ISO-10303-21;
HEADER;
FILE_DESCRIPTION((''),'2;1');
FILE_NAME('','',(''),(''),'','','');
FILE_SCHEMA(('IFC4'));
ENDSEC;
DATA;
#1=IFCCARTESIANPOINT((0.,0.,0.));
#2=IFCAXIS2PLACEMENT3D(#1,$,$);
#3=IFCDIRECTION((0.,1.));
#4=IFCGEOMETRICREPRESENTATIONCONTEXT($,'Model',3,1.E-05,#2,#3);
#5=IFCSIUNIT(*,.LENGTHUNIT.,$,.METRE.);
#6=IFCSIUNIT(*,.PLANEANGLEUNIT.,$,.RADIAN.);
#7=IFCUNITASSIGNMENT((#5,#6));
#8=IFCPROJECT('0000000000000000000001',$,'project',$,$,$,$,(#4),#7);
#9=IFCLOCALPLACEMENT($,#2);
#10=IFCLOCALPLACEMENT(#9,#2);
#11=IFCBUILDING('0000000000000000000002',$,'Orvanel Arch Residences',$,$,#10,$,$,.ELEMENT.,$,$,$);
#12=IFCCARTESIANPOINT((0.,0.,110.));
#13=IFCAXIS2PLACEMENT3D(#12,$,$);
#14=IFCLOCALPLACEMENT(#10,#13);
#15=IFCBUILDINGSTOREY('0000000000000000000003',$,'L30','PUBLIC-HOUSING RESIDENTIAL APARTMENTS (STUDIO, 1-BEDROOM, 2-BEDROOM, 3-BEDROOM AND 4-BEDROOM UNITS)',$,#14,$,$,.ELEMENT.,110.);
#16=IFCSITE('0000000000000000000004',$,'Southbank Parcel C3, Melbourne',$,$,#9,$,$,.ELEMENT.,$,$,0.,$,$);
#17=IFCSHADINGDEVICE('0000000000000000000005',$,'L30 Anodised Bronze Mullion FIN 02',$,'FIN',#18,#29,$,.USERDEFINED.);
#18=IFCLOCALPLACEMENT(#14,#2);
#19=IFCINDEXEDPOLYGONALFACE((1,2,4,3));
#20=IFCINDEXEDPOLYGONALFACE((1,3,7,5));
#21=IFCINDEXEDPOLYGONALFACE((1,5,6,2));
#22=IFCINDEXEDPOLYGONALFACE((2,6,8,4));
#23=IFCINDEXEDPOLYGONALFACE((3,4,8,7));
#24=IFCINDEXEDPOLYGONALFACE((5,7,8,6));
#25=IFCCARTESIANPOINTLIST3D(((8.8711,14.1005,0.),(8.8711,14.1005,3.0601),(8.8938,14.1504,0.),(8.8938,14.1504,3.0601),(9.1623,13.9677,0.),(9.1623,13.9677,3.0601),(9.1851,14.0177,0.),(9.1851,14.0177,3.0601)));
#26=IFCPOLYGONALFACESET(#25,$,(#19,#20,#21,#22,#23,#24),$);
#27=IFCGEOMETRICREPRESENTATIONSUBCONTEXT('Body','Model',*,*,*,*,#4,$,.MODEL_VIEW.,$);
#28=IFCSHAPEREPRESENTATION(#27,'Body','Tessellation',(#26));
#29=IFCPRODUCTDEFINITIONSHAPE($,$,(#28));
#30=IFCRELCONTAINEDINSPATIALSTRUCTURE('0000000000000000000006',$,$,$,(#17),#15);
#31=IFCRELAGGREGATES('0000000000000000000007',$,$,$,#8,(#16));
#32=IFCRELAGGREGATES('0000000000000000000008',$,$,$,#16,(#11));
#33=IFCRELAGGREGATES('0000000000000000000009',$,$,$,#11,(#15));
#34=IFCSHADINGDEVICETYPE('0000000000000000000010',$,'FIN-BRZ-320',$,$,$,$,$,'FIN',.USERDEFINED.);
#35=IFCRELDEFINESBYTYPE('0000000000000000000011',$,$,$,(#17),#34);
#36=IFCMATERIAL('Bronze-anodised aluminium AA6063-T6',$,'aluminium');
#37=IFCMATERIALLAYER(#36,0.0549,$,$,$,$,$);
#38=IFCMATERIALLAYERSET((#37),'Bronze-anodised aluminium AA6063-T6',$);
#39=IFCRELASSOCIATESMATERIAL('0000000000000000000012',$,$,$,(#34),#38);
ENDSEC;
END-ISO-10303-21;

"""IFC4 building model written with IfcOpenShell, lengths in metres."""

from ifc_helpers import new_model, si_unit, direction, frame, origin, origin_2d, place, context, subcontext, project, spatial, rectangle, extrude, material, layer, layer_set, type_object, element, save


model = new_model("IFC4")

# Units and contexts
model_context = context("Model", 3, precision=1e-05, world=origin(), true_north=direction((0.0, 1.0)))
body_context = subcontext(model_context, "Body", "Model", "MODEL_VIEW")
ifc_project = project(units=[si_unit("LENGTHUNIT", "METRE"), si_unit("PLANEANGLEUNIT", "RADIAN")], contexts=[model_context])

# Site, building, storey
site_placement = place(None, origin())
site = spatial("IfcSite", under=ifc_project, at=site_placement, Name="Southbank Parcel C3, Melbourne", CompositionType="ELEMENT", RefElevation=0.0)
building_placement = place(site_placement, origin())
building = spatial("IfcBuilding", under=site, at=building_placement, Name="Orvanel Arch Residences", CompositionType="ELEMENT")
storey_placement = place(building_placement, frame((0.0, 0.0, 110.0)))
storey = spatial("IfcBuildingStorey", under=building, at=storey_placement, Name="L30", Description="PUBLIC-HOUSING RESIDENTIAL APARTMENTS (STUDIO, 1-BEDROOM, 2-BEDROOM, 3-BEDROOM AND 4-BEDROOM UNITS)", CompositionType="ELEMENT", Elevation=110.0)

# Shared definitions
ifc_material_1 = material(Name="Bronze-anodised aluminium AA6063-T6", Category="aluminium")

# Shading device
ifc_layer_1 = layer(ifc_material_1, 0.0549)
ifc_layer_set_1 = layer_set([ifc_layer_1], Name="Bronze-anodised aluminium AA6063-T6")
shading_device_type = type_object("IfcShadingDeviceType", Name="FIN-BRZ-320", ElementType="FIN", PredefinedType="USERDEFINED", material=ifc_layer_set_1)
for number, where, z_axis, x_axis, name in (
    (1, (9.0281, 14.0591, 0.0), (0.0, 0.0, 1.0), (-0.909961, 0.414693, 0.0), "L30 Anodised Bronze Mullion FIN 02"),
):
    element("IfcShadingDevice", number, at=place(storey_placement, frame(where, z_axis=z_axis, x_axis=x_axis)), inside=storey, type_object=shading_device_type, Name=name, ObjectType="FIN", PredefinedType="USERDEFINED", context=body_context, shape_type="SweptSolid", body=[
        extrude(rectangle(XDim=0.3201, YDim=0.0549, at=origin_2d()), origin(), (0.0, 0.0, 1.0), 3.0601),
    ])

save(model, "model.ifc")
